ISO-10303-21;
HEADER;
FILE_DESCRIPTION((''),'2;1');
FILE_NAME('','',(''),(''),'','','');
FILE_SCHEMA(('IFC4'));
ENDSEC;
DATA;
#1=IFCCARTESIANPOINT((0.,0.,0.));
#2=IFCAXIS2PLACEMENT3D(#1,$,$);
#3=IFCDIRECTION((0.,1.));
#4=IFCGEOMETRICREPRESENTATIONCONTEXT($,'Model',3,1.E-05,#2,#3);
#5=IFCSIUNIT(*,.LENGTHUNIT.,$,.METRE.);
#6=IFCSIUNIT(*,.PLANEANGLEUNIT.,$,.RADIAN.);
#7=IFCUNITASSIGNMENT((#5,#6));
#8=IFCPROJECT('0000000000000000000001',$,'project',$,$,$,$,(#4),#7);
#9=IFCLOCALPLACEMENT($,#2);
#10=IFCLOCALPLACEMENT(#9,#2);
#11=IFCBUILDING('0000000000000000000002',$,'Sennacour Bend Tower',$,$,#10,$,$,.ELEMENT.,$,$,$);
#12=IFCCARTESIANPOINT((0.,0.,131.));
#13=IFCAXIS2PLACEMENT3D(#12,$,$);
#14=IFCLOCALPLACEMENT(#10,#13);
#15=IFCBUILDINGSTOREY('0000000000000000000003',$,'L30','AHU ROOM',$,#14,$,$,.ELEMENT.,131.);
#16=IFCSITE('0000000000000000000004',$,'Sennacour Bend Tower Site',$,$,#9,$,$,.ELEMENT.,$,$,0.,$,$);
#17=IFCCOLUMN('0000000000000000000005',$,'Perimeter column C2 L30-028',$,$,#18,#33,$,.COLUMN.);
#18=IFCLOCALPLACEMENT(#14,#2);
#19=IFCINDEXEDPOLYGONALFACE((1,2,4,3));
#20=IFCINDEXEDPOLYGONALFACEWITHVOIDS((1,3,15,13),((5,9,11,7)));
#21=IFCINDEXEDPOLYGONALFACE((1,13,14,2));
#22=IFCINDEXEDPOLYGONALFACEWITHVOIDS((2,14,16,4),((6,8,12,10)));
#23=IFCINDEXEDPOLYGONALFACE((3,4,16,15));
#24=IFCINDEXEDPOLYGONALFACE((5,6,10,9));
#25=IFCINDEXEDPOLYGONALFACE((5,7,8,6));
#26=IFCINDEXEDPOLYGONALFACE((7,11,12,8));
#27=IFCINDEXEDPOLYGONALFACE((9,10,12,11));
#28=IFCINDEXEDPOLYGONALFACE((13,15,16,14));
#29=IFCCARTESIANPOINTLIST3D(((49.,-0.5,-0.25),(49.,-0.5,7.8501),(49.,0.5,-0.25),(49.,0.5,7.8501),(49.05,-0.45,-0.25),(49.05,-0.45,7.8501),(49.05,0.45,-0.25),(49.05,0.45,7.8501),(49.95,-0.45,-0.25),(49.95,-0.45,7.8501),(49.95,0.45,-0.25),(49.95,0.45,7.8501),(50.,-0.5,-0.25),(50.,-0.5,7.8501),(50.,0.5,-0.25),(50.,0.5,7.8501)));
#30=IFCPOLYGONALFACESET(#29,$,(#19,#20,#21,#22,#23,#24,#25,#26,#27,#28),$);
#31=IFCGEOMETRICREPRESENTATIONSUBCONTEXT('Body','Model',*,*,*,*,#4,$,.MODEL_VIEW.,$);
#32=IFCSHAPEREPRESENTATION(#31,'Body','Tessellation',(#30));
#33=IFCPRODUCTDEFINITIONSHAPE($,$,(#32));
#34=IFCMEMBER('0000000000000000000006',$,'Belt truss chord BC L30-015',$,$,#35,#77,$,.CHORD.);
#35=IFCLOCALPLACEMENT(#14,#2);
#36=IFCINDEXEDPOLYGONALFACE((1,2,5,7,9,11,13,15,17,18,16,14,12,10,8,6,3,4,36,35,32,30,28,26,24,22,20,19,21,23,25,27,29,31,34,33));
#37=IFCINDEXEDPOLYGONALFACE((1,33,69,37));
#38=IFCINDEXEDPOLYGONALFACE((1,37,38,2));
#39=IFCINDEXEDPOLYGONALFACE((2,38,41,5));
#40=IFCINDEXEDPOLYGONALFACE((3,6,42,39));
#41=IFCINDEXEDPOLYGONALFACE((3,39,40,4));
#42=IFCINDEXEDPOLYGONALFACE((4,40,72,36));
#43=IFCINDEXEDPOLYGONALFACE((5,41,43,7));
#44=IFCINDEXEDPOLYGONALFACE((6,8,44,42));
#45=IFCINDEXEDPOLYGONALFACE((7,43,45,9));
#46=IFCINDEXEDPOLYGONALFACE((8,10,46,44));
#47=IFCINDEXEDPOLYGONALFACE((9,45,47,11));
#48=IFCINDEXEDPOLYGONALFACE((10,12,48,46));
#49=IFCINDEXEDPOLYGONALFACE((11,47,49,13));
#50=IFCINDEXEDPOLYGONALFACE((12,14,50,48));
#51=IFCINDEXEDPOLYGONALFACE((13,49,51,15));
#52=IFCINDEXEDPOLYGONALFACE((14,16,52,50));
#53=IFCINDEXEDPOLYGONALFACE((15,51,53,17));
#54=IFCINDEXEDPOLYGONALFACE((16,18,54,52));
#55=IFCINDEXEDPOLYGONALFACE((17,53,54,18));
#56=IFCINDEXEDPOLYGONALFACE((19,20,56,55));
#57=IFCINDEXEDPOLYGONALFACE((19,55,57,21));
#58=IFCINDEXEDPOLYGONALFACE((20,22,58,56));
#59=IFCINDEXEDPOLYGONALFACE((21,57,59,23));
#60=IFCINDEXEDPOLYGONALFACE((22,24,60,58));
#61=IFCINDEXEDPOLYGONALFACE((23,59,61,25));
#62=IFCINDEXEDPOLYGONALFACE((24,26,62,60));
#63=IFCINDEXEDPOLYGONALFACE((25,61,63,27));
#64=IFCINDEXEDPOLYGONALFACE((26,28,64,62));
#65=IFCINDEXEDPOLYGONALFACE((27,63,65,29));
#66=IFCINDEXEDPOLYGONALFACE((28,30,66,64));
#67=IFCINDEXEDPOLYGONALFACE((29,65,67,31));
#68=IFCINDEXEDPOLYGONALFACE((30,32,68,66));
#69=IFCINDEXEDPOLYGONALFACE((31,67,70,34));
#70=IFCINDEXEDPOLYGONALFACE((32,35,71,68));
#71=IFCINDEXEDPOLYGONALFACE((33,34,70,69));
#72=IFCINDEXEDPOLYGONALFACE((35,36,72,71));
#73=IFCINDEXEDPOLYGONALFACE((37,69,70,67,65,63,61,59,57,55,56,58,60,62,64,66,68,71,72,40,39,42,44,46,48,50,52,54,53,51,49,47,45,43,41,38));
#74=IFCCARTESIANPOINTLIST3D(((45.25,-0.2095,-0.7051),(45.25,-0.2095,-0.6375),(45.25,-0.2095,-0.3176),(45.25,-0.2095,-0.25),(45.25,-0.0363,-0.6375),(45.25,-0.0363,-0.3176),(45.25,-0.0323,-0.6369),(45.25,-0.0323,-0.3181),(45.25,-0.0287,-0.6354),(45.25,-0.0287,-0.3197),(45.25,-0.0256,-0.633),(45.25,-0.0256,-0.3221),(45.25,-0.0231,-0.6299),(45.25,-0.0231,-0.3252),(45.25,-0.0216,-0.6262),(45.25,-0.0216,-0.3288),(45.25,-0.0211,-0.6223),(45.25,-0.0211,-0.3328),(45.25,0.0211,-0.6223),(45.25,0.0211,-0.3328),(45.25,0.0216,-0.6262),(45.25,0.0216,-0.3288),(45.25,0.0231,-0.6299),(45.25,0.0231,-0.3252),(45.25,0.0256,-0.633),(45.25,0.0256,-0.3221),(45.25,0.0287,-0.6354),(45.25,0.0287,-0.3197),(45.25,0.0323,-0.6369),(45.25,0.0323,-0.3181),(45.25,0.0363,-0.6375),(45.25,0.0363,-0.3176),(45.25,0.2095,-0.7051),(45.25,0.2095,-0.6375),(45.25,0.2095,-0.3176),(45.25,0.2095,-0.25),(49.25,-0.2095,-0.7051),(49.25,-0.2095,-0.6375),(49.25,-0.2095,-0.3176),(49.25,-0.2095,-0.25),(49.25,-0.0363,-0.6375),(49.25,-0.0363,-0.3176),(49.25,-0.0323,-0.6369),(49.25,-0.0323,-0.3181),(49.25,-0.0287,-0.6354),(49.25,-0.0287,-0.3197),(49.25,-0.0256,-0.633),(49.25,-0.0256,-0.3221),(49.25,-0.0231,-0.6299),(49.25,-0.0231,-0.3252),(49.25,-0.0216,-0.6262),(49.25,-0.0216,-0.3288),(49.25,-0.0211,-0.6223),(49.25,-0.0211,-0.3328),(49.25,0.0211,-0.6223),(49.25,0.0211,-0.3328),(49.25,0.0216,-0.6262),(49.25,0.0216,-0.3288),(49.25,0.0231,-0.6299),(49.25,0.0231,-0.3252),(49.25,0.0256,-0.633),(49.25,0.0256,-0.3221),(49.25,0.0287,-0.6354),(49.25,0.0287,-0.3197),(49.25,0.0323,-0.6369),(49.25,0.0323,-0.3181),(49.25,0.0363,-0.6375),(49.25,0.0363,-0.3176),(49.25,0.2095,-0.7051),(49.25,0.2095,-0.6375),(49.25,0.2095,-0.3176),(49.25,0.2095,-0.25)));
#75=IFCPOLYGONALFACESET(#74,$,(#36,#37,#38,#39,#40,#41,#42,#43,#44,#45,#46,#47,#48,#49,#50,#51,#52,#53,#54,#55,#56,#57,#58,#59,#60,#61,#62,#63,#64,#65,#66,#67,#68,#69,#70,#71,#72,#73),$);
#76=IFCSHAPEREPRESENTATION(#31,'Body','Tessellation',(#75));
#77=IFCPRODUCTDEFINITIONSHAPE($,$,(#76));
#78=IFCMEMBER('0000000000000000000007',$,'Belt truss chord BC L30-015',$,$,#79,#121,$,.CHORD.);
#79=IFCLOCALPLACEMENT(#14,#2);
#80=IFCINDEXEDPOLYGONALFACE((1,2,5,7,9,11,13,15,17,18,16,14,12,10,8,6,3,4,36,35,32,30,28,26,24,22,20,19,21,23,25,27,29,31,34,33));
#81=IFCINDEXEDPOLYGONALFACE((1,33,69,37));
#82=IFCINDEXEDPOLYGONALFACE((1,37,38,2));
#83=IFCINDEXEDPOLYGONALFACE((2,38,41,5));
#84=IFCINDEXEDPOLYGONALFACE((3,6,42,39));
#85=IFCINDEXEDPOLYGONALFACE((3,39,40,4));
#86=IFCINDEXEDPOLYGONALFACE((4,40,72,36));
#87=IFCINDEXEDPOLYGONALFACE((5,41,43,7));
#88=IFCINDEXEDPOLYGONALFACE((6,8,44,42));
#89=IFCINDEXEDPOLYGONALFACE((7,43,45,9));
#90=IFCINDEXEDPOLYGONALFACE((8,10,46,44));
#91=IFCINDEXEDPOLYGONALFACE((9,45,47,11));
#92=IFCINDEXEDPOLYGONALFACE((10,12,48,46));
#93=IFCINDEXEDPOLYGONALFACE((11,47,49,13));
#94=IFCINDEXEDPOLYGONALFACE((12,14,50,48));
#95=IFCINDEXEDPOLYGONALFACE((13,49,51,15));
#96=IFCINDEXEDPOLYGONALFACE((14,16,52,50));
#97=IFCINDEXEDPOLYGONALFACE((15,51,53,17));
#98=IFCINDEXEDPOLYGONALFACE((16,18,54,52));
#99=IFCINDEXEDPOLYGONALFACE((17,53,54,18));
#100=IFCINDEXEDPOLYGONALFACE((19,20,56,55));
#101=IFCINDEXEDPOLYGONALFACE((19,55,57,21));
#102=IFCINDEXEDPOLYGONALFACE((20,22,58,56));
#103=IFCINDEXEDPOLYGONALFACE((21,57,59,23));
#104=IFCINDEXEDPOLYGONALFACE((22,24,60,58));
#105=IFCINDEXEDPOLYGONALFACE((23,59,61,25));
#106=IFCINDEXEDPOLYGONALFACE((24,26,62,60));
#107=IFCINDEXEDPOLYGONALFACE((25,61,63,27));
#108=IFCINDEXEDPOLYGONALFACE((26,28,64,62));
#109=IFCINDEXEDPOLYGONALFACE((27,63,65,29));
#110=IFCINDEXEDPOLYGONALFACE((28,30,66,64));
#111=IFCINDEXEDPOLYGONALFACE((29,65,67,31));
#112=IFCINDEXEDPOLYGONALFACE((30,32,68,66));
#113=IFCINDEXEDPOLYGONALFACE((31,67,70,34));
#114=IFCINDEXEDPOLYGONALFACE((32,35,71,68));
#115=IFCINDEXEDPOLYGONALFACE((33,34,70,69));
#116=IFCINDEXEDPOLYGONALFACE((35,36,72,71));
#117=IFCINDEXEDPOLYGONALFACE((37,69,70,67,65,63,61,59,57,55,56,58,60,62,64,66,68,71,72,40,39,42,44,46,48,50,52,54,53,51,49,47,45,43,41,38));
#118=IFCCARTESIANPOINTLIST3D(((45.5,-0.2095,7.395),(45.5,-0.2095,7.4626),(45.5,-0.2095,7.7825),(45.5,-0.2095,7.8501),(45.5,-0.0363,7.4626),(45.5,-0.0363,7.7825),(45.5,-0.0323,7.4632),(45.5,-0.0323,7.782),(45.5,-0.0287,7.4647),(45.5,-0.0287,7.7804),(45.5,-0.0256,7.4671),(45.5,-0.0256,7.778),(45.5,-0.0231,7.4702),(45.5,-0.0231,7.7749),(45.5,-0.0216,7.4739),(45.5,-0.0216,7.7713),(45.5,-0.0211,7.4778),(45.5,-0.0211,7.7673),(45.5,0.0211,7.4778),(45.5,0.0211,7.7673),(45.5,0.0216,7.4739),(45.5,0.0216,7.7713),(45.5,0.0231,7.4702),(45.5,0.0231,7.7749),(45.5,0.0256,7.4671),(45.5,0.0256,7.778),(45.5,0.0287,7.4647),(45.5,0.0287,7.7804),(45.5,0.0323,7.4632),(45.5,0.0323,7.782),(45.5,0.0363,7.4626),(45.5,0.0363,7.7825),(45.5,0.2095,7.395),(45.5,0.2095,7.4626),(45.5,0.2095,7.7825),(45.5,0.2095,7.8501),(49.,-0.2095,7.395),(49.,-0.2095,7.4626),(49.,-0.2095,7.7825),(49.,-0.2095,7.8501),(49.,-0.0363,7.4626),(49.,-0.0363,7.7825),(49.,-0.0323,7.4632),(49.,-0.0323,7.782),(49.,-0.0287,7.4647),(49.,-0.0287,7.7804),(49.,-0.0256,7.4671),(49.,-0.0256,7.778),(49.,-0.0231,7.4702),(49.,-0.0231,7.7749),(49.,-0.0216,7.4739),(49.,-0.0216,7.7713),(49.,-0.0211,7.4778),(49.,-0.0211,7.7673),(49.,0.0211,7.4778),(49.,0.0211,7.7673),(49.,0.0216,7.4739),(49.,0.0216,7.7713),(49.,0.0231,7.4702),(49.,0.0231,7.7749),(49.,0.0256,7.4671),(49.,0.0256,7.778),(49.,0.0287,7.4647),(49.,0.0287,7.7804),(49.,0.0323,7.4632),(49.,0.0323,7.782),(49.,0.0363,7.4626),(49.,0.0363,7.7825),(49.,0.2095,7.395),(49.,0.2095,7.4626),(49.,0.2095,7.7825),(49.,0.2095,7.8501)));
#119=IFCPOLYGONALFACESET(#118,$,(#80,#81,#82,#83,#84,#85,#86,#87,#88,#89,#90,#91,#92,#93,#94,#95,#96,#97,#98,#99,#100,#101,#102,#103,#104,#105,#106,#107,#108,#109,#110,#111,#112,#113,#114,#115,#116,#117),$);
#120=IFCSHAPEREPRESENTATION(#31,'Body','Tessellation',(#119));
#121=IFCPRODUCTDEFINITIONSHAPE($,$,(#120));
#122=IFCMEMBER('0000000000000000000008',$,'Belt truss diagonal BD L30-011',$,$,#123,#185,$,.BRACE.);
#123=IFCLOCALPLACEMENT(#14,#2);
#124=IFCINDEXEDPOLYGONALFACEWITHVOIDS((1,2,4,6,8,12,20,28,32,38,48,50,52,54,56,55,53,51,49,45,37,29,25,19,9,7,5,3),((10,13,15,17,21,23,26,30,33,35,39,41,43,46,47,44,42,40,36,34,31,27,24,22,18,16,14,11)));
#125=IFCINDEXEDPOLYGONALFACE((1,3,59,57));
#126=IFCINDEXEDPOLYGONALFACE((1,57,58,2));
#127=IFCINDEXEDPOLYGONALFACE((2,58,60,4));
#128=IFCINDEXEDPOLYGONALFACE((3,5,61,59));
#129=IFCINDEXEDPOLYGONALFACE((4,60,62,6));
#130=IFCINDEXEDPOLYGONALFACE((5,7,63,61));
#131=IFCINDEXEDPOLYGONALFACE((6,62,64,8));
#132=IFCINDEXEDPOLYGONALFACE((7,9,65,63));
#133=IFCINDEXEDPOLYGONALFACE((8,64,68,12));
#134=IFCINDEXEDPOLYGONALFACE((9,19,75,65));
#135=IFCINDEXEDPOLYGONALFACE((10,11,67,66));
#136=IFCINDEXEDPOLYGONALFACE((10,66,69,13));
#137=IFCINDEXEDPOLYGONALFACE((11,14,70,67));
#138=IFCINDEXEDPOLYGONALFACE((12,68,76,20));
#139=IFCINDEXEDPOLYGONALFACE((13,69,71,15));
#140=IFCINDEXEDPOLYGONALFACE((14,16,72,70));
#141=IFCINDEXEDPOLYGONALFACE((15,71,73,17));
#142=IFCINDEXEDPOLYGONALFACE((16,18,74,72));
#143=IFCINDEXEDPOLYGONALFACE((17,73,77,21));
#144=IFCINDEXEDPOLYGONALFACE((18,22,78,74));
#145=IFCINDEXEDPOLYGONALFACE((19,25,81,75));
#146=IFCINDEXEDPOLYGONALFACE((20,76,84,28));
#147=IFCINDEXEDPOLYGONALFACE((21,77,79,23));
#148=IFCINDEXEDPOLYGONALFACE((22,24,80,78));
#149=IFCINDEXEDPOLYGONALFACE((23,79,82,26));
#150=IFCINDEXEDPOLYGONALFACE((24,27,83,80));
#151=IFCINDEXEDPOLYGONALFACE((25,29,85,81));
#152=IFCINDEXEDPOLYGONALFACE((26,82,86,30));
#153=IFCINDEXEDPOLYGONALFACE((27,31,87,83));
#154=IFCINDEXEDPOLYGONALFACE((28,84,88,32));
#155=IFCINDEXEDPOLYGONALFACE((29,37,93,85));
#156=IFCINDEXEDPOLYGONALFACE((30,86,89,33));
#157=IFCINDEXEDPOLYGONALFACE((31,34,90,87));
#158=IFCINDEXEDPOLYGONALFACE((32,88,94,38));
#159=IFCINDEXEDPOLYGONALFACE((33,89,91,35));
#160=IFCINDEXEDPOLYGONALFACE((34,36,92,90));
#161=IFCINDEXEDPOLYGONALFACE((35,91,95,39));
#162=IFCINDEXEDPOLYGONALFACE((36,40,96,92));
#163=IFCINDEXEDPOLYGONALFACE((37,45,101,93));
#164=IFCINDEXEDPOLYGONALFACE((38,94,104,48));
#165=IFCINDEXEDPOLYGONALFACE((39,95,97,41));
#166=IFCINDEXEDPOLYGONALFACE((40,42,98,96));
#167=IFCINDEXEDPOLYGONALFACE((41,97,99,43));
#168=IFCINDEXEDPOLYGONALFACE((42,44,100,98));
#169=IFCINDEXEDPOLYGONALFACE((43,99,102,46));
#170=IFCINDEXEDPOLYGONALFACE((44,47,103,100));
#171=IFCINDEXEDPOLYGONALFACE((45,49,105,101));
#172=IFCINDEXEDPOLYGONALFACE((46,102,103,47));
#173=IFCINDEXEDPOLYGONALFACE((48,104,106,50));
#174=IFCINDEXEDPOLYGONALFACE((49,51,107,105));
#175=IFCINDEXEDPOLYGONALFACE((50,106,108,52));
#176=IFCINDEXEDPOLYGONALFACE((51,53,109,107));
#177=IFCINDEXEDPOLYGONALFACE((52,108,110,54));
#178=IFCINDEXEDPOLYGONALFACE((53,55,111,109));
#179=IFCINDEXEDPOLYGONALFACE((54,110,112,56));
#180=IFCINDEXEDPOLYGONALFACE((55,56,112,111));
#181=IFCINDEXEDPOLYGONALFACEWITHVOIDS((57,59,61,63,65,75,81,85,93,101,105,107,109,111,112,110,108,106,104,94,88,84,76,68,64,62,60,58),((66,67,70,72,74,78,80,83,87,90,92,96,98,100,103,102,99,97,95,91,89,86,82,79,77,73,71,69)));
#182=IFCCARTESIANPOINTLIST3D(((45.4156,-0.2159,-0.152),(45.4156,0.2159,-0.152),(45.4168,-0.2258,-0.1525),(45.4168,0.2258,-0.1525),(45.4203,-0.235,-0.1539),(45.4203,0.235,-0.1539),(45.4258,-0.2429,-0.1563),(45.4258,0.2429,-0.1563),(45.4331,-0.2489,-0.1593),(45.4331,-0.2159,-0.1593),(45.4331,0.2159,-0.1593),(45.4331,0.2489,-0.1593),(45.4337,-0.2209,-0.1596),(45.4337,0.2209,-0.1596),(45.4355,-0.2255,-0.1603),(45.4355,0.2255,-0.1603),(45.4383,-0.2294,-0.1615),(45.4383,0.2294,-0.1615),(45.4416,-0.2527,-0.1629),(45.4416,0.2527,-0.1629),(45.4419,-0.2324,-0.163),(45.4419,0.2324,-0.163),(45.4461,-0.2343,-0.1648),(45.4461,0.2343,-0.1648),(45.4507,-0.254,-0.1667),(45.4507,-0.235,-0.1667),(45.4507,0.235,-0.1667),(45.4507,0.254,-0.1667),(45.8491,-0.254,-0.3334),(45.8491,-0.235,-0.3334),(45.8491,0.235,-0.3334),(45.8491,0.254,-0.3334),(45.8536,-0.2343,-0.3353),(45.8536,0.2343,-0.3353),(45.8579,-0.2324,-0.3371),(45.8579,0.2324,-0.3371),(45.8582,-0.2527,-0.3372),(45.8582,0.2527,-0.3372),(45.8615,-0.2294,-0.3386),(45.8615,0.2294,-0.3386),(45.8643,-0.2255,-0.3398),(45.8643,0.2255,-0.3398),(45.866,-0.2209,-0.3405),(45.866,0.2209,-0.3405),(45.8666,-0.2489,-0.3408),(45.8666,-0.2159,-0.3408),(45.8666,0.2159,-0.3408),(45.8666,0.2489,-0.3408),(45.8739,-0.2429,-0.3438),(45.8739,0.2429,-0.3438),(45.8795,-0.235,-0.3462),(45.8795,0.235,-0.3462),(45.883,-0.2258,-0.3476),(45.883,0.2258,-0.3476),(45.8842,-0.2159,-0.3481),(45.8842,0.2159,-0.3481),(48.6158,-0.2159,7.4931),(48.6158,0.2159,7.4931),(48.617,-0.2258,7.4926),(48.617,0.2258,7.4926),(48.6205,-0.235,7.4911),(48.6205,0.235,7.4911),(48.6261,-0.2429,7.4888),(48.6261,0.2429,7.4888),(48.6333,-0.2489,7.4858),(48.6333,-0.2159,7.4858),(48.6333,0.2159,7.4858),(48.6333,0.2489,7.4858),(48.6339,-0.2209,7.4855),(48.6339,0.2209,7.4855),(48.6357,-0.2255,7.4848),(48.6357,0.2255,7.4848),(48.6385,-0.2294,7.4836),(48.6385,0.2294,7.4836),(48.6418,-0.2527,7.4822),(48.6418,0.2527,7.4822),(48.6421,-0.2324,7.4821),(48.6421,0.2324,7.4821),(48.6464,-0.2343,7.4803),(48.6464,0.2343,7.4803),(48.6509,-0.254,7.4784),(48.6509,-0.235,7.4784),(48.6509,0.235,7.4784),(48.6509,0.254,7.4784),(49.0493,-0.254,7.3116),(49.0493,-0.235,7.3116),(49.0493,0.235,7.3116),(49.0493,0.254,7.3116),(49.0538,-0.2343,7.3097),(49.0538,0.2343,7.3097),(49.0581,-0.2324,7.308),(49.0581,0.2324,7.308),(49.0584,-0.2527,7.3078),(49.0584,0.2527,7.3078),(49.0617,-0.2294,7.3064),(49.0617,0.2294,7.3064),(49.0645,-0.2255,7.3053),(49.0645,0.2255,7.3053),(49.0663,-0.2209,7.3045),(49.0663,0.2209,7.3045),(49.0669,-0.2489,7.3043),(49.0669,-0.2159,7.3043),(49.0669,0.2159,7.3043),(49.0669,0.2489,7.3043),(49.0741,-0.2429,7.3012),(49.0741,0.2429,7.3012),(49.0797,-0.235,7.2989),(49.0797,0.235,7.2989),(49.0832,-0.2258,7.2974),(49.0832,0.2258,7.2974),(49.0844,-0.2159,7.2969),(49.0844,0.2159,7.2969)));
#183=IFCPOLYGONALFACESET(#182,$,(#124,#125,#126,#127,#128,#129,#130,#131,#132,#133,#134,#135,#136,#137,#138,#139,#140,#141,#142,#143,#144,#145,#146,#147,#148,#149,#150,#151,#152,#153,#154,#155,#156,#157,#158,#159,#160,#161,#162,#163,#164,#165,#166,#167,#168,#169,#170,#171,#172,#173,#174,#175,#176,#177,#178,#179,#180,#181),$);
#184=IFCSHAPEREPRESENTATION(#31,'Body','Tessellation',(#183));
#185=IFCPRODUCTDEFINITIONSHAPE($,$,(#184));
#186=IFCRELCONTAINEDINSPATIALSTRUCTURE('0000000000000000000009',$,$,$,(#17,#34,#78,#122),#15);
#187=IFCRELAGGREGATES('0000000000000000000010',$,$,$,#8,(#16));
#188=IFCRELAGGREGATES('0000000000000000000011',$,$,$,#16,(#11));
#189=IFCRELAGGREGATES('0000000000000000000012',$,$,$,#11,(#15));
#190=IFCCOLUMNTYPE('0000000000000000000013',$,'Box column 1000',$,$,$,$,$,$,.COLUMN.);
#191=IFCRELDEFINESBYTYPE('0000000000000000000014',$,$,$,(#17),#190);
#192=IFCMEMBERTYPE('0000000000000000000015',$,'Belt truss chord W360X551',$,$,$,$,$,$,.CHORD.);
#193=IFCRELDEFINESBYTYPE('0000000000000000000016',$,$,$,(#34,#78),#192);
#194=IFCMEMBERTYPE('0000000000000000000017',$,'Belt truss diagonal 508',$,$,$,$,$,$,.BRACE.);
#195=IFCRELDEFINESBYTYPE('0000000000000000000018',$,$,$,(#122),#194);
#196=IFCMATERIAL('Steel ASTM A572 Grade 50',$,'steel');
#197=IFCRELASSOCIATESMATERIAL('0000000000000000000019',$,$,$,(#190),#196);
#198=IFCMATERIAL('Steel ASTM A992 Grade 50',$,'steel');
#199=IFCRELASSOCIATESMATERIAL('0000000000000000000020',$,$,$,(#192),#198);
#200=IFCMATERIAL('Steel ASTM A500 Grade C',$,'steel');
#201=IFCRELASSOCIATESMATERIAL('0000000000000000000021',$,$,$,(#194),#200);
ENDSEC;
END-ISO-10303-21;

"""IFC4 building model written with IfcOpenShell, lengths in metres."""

from ifc_helpers import new_model, si_unit, direction, frame, origin, origin_2d, place, context, subcontext, project, spatial, hollow_rectangle, i_section, extrude, material, material_profile, profile_set, type_object, element, save


model = new_model("IFC4")

# Units and contexts
model_context = context("Model", 3, precision=1e-05, world=origin(), true_north=direction((0.0, 1.0)))
body_context = subcontext(model_context, "Body", "Model", "MODEL_VIEW")
ifc_project = project(units=[si_unit("LENGTHUNIT", "METRE"), si_unit("PLANEANGLEUNIT", "RADIAN")], contexts=[model_context])

# Site, building, storey
site_placement = place(None, origin())
site = spatial("IfcSite", under=ifc_project, at=site_placement, Name="Sennacour Bend Tower Site", CompositionType="ELEMENT", RefElevation=0.0)
building_placement = place(site_placement, origin())
building = spatial("IfcBuilding", under=site, at=building_placement, Name="Sennacour Bend Tower", CompositionType="ELEMENT")
storey_placement = place(building_placement, frame((0.0, 0.0, 131.0)))
storey = spatial("IfcBuildingStorey", under=building, at=storey_placement, Name="L30", Description="AHU ROOM", CompositionType="ELEMENT", Elevation=131.0)

# Column
ifc_material_1 = material(Name="Steel ASTM A572 Grade 50", Category="steel")
ifc_material_profile_1 = material_profile(ifc_material_1, hollow_rectangle(XDim=1.0, YDim=1.0, WallThickness=0.05, at=origin_2d()), Name="Steel ASTM A572 Grade 50", Category="steel")
ifc_profile_set_1 = profile_set([ifc_material_profile_1], Name="Steel ASTM A572 Grade 50")
column_type = type_object("IfcColumnType", Name="Box column 1000", PredefinedType="COLUMN", material=ifc_profile_set_1)
column_placement = place(storey_placement, frame((49.5, 0.0, -0.25), z_axis=(0.0, 0.0, 1.0), x_axis=(1.0, 0.0, 0.0)))
element("IfcColumn", 1, at=column_placement, inside=storey, type_object=column_type, Name="Perimeter column C2 L30-028", PredefinedType="COLUMN", context=body_context, shape_type="SweptSolid", body=[
    extrude(hollow_rectangle(XDim=1.0, YDim=1.0, WallThickness=0.05, at=origin_2d()), origin(), (0.0, 0.0, 1.0), 8.1001),
])

# Members
ifc_material_2 = material(Name="Steel ASTM A992 Grade 50", Category="steel")
ifc_material_profile_2 = material_profile(ifc_material_2, i_section(OverallWidth=0.4189, OverallDepth=0.4551, WebThickness=0.0422, FlangeThickness=0.0676, FilletRadius=0.0151, at=origin_2d()), Name="Steel ASTM A992 Grade 50", Category="steel")
ifc_profile_set_2 = profile_set([ifc_material_profile_2], Name="Steel ASTM A992 Grade 50")
member_type_1 = type_object("IfcMemberType", Name="Belt truss chord W360X551", PredefinedType="CHORD", material=ifc_profile_set_2)
member_1_placement = place(storey_placement, frame((49.25, 0.0, -0.4775), z_axis=(-1.0, 0.0, 0.0), x_axis=(0.0, -1.0, 0.0)))
element("IfcMember", 2, at=member_1_placement, inside=storey, type_object=member_type_1, Name="Belt truss chord BC L30-015", PredefinedType="CHORD", context=body_context, shape_type="SweptSolid", body=[
    extrude(i_section(OverallWidth=0.4189, OverallDepth=0.4551, WebThickness=0.0422, FlangeThickness=0.0676, FilletRadius=0.0151, at=origin_2d()), origin(), (0.0, 0.0, 1.0), 4.0),
])
member_2_placement = place(storey_placement, frame((49.0, 0.0, 7.6226), z_axis=(-1.0, 0.0, 0.0), x_axis=(0.0, -1.0, 0.0)))
element("IfcMember", 3, at=member_2_placement, inside=storey, type_object=member_type_1, Name="Belt truss chord BC L30-015", PredefinedType="CHORD", context=body_context, shape_type="SweptSolid", body=[
    extrude(i_section(OverallWidth=0.4189, OverallDepth=0.4551, WebThickness=0.0422, FlangeThickness=0.0676, FilletRadius=0.0151, at=origin_2d()), origin(), (0.0, 0.0, 1.0), 3.5),
])
ifc_material_3 = material(Name="Steel ASTM A500 Grade C", Category="steel")
ifc_material_profile_3 = material_profile(ifc_material_3, hollow_rectangle(XDim=0.5081, YDim=0.5081, WallThickness=0.019, InnerFilletRadius=0.019, OuterFilletRadius=0.0381, at=origin_2d()), Name="Steel ASTM A500 Grade C", Category="steel")
ifc_profile_set_3 = profile_set([ifc_material_profile_3], Name="Steel ASTM A500 Grade C")
member_type_2 = type_object("IfcMemberType", Name="Belt truss diagonal 508", PredefinedType="BRACE", material=ifc_profile_set_3)
member_3_placement = place(storey_placement, frame((48.8501, 0.0, 7.395), z_axis=(-0.386133, 0.0, -0.922443), x_axis=(0.0, -1.0, 0.0)))
element("IfcMember", 4, at=member_3_placement, inside=storey, type_object=member_type_2, Name="Belt truss diagonal BD L30-011", PredefinedType="BRACE", context=body_context, shape_type="SweptSolid", body=[
    extrude(hollow_rectangle(XDim=0.5081, YDim=0.5081, WallThickness=0.019, InnerFilletRadius=0.019, OuterFilletRadius=0.0381, at=origin_2d()), origin(), (0.0, 0.0, 1.0), 8.2878),
])

save(model, "model.ifc")
